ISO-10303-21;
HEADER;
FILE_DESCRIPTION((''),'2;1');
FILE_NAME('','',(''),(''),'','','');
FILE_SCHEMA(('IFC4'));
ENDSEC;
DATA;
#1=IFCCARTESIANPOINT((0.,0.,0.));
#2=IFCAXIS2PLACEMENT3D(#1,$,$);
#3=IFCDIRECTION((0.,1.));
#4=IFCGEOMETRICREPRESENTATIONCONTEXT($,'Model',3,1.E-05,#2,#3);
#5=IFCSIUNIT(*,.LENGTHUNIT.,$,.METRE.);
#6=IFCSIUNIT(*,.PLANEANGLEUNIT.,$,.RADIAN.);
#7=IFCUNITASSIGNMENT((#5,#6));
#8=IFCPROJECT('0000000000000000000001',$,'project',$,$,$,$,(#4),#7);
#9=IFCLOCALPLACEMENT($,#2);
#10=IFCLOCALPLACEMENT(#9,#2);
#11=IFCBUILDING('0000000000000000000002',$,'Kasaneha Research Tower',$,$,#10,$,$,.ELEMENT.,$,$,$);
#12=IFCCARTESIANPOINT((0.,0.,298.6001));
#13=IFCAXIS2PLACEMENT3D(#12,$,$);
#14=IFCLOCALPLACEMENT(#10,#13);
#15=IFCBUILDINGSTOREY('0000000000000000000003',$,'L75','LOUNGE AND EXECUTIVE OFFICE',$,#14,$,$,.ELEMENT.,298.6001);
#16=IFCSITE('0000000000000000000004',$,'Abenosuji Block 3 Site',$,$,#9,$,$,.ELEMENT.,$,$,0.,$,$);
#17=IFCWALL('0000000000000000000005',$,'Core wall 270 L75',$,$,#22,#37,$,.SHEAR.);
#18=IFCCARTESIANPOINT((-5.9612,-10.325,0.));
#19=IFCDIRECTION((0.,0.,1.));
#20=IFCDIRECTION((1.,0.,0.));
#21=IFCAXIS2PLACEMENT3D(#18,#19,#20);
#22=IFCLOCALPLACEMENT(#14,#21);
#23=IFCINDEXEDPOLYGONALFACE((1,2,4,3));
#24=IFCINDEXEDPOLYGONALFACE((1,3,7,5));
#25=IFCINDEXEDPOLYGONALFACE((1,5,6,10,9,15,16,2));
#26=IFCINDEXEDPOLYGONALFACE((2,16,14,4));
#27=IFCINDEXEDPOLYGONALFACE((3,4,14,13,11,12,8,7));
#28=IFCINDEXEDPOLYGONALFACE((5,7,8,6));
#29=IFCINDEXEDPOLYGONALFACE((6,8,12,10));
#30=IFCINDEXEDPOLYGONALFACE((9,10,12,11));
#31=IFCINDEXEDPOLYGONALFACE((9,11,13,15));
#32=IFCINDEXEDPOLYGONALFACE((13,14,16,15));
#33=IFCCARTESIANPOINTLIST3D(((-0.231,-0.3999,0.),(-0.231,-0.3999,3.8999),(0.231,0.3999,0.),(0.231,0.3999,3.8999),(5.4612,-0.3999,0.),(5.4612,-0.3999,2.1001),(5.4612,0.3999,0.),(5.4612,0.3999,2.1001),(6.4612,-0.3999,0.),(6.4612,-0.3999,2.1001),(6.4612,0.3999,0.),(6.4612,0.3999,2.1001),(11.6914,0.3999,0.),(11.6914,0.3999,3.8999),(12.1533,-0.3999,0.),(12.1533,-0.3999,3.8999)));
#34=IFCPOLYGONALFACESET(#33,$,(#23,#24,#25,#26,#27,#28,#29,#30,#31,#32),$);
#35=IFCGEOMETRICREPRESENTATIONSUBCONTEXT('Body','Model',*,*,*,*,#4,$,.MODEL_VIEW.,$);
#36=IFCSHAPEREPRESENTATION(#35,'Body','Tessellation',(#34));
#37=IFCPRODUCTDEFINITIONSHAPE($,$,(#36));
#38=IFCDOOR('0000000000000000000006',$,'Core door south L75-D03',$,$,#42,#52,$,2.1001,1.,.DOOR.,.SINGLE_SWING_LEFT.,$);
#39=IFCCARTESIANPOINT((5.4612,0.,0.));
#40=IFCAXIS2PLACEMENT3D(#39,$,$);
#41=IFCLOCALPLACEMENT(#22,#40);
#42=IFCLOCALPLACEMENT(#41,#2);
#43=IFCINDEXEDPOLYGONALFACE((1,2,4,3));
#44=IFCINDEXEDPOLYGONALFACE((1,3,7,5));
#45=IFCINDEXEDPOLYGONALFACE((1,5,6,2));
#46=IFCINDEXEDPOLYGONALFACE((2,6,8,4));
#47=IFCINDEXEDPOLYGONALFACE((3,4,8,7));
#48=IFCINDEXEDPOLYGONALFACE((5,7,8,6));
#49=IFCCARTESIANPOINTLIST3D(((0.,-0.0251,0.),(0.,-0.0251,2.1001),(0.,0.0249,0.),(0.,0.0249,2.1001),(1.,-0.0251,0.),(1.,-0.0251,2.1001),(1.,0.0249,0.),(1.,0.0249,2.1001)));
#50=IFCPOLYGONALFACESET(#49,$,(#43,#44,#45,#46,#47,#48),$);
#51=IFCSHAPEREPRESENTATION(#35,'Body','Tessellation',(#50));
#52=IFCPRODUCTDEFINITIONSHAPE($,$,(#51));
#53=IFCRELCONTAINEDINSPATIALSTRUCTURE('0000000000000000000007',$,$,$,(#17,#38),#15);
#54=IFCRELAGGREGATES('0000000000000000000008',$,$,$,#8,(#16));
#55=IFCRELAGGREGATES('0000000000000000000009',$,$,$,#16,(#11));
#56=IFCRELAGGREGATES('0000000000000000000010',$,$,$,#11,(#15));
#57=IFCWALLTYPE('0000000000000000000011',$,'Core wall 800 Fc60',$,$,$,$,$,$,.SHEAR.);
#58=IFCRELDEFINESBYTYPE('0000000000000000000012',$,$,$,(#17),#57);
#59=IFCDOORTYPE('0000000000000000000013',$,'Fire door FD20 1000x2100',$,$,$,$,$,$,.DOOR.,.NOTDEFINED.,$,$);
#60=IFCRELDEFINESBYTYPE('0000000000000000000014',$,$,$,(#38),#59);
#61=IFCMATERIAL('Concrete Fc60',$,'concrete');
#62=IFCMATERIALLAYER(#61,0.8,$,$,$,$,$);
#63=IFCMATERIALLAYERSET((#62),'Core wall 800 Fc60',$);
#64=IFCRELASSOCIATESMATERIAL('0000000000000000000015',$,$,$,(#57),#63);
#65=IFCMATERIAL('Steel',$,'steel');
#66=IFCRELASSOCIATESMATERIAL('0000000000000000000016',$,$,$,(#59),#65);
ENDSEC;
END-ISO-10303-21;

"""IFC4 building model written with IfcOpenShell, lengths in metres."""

from ifc_helpers import new_model, si_unit, direction, frame, frame_2d, origin, place, context, subcontext, project, spatial, polyline, rectangle, outline, extrude, material, layer, layer_set, type_object, element, fill, save


model = new_model("IFC4")

# Units and contexts
model_context = context("Model", 3, precision=1e-05, world=origin(), true_north=direction((0.0, 1.0)))
body_context = subcontext(model_context, "Body", "Model", "MODEL_VIEW")
ifc_project = project(units=[si_unit("LENGTHUNIT", "METRE"), si_unit("PLANEANGLEUNIT", "RADIAN")], contexts=[model_context])

# Site, building, storey
site_placement = place(None, origin())
site = spatial("IfcSite", under=ifc_project, at=site_placement, Name="Abenosuji Block 3 Site", CompositionType="ELEMENT", RefElevation=0.0)
building_placement = place(site_placement, origin())
building = spatial("IfcBuilding", under=site, at=building_placement, Name="Kasaneha Research Tower", CompositionType="ELEMENT")
storey_placement = place(building_placement, frame((0.0, 0.0, 298.6001)))
storey = spatial("IfcBuildingStorey", under=building, at=storey_placement, Name="L75", Description="LOUNGE AND EXECUTIVE OFFICE", CompositionType="ELEMENT", Elevation=298.6001)

# Wall, opening, door
ifc_material_1 = material(Name="Concrete Fc60", Category="concrete")
ifc_layer_1 = layer(ifc_material_1, 0.8)
ifc_layer_set_1 = layer_set([ifc_layer_1], Name="Core wall 800 Fc60")
wall_type_1 = type_object("IfcWallType", Name="Core wall 800 Fc60", PredefinedType="SHEAR", material=ifc_layer_set_1)
wall_1_placement = place(storey_placement, frame((-5.9612, -10.325, 0.0), z_axis=(0.0, 0.0, 1.0), x_axis=(1.0, 0.0, 0.0)))
wall_1 = element("IfcWall", 1, at=wall_1_placement, inside=storey, type_object=wall_type_1, Name="Core wall 270 L75", PredefinedType="SHEAR", context=body_context, shape_type="SweptSolid", body=[
    extrude(outline(polyline([(-0.231, -0.3999), (5.4612, -0.3999), (6.4612, -0.3999), (12.1533, -0.3999), (11.6914, 0.3999), (6.4612, 0.3999), (5.4612, 0.3999), (0.231, 0.3999), (-0.231, -0.3999)])), origin(), (0.0, 0.0, 1.0), 3.8999),
])
opening_1_placement = place(wall_1_placement, frame((5.4612, 0.0, 0.0)))
opening_1 = element("IfcOpeningElement", 2, at=opening_1_placement, cuts=wall_1, PredefinedType="OPENING", context=body_context, shape_type="SweptSolid", body=[
    extrude(rectangle(XDim=1.0, YDim=2.1001, at=frame_2d((0.5, 1.05))), frame((0.0, 0.4102, 0.0), z_axis=(0.0, -1.0, 0.0), x_axis=(1.0, 0.0, 0.0)), (0.0, 0.0, 1.0), 0.8201),
])
ifc_material_2 = material(Name="Steel", Category="steel")
door_type_1 = type_object("IfcDoorType", Name="Fire door FD20 1000x2100", OperationType="NOTDEFINED", PredefinedType="DOOR", material=ifc_material_2)
door_1_placement = place(opening_1_placement, origin())
door_1 = element("IfcDoor", 3, at=door_1_placement, inside=storey, type_object=door_type_1, Name="Core door south L75-D03", OperationType="SINGLE_SWING_LEFT", OverallHeight=2.1001, OverallWidth=1.0, PredefinedType="DOOR", context=body_context, shape_type="SweptSolid", body=[
    extrude(rectangle(XDim=1.0, YDim=2.1001, at=frame_2d((0.5, 1.05))), frame((0.0, 0.0249, 0.0), z_axis=(0.0, -1.0, 0.0), x_axis=(1.0, 0.0, 0.0)), (0.0, 0.0, 1.0), 0.05),
])
fill(opening_1, door_1)

save(model, "model.ifc")
